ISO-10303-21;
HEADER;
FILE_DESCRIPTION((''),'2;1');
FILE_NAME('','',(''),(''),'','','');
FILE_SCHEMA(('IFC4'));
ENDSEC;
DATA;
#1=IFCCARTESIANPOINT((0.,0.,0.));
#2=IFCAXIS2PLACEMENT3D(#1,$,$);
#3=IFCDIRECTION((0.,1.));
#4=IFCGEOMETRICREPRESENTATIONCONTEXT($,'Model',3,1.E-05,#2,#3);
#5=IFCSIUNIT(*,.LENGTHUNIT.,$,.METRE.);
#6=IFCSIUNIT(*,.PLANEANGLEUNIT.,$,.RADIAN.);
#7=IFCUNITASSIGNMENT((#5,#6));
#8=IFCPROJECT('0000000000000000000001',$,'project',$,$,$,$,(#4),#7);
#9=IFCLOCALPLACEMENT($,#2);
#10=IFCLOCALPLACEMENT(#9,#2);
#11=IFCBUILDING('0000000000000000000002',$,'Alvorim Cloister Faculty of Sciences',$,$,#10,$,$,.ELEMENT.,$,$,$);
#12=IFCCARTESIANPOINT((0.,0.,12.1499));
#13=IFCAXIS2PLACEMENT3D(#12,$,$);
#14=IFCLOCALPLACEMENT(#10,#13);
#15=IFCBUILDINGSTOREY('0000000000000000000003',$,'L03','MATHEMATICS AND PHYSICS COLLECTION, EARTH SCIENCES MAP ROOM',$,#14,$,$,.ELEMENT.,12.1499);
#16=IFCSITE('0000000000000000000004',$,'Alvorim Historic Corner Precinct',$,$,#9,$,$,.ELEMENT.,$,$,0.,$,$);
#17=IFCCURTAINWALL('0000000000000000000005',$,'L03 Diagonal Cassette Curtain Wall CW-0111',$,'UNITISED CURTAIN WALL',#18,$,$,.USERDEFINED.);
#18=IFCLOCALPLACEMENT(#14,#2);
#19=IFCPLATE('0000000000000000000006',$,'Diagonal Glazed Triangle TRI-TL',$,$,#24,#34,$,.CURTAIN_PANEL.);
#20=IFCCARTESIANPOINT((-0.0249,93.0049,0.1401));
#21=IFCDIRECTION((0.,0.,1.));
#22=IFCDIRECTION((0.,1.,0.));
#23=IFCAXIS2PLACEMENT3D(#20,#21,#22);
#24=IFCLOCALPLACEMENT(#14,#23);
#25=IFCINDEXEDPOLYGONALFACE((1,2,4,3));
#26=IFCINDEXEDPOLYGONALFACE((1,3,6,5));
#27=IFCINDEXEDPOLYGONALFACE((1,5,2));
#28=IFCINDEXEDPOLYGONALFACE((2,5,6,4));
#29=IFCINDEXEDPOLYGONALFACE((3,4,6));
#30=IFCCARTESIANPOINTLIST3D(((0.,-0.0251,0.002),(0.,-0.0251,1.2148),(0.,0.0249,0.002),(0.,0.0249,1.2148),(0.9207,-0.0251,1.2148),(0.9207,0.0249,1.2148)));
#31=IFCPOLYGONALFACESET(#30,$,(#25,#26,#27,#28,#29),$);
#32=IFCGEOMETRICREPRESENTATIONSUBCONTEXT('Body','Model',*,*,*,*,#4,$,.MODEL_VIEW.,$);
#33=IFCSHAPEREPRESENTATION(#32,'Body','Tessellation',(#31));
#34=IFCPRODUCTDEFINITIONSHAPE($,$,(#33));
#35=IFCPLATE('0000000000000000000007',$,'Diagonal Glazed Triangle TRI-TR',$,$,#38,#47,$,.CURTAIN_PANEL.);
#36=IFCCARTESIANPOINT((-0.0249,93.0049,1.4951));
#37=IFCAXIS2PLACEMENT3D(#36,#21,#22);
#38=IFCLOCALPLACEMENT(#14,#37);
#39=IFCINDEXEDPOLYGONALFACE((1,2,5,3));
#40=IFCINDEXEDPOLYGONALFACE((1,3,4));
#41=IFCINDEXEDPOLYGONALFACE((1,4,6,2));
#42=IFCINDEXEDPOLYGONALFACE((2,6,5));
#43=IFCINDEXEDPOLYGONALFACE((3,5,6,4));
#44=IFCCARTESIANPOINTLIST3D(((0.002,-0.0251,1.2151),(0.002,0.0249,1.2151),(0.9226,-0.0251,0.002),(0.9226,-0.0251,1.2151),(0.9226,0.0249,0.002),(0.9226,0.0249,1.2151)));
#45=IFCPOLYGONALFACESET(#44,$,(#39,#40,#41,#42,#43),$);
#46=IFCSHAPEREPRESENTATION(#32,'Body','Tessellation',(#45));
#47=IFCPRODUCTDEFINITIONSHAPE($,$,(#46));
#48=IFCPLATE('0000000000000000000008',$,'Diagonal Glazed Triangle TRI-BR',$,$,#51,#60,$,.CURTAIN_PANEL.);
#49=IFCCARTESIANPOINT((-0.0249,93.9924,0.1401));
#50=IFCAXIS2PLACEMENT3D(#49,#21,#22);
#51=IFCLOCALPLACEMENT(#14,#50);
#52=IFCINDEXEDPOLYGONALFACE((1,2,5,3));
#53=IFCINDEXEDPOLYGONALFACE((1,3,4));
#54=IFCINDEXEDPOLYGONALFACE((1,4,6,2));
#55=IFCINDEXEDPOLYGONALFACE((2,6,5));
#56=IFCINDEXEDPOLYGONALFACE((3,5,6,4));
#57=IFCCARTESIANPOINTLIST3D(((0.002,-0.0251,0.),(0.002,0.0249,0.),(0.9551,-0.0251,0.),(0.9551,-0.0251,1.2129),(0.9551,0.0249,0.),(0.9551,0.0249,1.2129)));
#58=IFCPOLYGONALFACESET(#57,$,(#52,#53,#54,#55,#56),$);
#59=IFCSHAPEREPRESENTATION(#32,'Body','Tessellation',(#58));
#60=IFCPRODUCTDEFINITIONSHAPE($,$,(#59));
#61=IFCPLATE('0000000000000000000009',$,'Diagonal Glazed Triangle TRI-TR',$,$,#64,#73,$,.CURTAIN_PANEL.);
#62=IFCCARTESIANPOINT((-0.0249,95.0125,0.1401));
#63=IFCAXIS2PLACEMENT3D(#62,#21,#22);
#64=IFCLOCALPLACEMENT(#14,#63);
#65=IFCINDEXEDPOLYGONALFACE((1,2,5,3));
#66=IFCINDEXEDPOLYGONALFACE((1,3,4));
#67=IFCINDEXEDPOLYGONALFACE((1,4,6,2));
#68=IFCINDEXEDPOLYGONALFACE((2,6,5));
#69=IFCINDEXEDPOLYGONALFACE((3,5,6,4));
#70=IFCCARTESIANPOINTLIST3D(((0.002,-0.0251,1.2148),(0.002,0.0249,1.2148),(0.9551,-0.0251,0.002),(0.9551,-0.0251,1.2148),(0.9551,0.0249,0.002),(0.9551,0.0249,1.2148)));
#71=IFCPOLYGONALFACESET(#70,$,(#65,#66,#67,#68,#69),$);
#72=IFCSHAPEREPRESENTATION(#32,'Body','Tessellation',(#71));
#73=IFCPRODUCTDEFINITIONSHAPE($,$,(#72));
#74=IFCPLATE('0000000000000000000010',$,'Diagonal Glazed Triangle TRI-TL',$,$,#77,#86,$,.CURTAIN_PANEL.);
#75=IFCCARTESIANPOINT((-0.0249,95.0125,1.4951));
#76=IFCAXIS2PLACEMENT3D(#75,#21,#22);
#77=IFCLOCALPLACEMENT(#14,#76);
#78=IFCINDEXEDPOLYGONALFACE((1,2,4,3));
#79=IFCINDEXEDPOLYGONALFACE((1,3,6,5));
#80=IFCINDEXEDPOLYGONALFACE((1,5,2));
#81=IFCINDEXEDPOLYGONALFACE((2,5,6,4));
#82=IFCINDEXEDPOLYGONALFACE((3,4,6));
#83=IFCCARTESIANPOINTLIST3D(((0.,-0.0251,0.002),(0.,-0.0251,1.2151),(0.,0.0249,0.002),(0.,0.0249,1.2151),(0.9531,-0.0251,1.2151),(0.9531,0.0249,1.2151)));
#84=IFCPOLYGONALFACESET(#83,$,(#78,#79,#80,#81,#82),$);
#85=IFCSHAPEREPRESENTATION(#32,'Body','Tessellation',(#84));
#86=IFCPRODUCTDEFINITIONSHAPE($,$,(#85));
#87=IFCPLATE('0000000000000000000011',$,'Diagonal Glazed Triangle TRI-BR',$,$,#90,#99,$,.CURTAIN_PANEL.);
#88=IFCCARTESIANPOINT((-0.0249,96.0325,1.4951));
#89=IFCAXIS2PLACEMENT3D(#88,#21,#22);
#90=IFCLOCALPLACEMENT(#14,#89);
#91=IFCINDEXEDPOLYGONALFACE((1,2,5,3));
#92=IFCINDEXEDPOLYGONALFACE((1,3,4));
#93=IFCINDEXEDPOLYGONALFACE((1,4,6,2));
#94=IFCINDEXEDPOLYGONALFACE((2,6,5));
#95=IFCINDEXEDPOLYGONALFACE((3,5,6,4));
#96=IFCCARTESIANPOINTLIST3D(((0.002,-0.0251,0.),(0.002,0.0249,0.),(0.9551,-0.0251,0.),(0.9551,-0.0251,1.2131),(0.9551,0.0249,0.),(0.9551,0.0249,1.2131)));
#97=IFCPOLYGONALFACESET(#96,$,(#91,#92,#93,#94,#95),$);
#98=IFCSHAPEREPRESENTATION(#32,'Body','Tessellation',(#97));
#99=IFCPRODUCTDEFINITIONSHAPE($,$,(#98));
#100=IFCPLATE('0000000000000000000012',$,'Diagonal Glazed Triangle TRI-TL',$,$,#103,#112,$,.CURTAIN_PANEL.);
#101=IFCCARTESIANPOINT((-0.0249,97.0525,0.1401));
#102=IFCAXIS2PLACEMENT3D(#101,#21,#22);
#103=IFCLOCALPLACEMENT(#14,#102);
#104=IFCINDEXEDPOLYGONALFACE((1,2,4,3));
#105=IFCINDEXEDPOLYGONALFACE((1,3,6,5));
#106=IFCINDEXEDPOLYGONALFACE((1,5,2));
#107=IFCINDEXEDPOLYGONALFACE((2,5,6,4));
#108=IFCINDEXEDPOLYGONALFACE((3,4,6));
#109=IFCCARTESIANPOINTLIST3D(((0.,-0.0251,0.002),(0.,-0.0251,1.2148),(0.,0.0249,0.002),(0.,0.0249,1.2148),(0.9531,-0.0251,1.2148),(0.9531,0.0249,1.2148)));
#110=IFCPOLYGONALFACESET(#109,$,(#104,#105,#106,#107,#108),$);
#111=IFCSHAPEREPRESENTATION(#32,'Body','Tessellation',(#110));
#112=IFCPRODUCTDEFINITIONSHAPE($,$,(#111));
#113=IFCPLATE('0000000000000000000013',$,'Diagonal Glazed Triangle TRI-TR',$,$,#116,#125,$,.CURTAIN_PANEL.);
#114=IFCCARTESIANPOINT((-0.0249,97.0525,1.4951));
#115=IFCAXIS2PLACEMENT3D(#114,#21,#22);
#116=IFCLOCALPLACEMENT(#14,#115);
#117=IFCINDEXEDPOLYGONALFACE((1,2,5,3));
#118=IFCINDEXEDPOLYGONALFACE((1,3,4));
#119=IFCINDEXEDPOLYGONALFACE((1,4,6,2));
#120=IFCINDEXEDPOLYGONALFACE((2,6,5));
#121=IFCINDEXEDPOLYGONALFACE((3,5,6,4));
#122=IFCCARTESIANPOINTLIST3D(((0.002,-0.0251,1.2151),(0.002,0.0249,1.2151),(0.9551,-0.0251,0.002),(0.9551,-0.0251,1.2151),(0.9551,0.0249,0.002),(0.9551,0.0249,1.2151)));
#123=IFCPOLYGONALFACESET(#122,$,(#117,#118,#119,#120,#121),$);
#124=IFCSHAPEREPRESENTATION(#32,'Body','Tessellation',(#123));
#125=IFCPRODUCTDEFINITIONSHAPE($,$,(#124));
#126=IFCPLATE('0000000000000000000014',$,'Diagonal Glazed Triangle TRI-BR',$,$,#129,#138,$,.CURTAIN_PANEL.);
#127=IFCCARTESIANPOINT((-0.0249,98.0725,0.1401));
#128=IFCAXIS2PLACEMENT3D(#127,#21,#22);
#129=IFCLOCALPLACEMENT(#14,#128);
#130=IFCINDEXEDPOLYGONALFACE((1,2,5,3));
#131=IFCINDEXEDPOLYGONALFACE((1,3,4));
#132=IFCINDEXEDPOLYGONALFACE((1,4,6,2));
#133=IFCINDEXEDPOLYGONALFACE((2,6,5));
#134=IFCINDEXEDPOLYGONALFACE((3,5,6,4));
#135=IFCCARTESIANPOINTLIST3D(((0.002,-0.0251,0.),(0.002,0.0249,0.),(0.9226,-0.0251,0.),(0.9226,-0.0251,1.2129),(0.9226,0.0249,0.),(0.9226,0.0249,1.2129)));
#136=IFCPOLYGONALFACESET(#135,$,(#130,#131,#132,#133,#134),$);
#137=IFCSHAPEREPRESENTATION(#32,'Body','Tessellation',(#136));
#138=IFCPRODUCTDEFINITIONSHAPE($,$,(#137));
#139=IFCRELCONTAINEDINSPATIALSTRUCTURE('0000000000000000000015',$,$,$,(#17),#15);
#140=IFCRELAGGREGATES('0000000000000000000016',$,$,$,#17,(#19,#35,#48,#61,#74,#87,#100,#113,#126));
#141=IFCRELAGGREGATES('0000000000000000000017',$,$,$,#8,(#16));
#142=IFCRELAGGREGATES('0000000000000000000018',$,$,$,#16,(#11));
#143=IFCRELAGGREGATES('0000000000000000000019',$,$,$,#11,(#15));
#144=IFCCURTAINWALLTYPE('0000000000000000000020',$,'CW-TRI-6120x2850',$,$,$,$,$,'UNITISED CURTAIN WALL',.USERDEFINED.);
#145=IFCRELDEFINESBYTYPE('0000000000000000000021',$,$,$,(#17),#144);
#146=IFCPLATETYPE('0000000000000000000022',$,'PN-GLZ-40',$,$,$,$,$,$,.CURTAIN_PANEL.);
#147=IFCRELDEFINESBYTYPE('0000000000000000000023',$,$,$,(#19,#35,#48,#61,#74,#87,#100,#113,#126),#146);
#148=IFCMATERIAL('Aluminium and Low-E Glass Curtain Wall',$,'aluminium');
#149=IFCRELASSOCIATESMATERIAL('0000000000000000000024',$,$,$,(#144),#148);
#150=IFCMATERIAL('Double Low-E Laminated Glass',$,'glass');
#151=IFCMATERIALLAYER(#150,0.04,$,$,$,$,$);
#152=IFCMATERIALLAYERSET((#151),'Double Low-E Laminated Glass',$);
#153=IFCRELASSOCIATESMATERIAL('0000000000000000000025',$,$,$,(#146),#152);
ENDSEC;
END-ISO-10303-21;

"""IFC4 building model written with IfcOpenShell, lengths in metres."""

from ifc_helpers import new_model, si_unit, direction, frame, origin, place, context, subcontext, project, spatial, polyline, outline, extrude, material, layer, layer_set, type_object, element, aggregate, save


model = new_model("IFC4")

# Units and contexts
model_context = context("Model", 3, precision=1e-05, world=origin(), true_north=direction((0.0, 1.0)))
body_context = subcontext(model_context, "Body", "Model", "MODEL_VIEW")
ifc_project = project(units=[si_unit("LENGTHUNIT", "METRE"), si_unit("PLANEANGLEUNIT", "RADIAN")], contexts=[model_context])

# Site, building, storey
site_placement = place(None, origin())
site = spatial("IfcSite", under=ifc_project, at=site_placement, Name="Alvorim Historic Corner Precinct", CompositionType="ELEMENT", RefElevation=0.0)
building_placement = place(site_placement, origin())
building = spatial("IfcBuilding", under=site, at=building_placement, Name="Alvorim Cloister Faculty of Sciences", CompositionType="ELEMENT")
storey_placement = place(building_placement, frame((0.0, 0.0, 12.1499)))
storey = spatial("IfcBuildingStorey", under=building, at=storey_placement, Name="L03", Description="MATHEMATICS AND PHYSICS COLLECTION, EARTH SCIENCES MAP ROOM", CompositionType="ELEMENT", Elevation=12.1499)

# Curtain wall, plates
ifc_material_1 = material(Name="Aluminium and Low-E Glass Curtain Wall", Category="aluminium")
curtain_wall_type = type_object("IfcCurtainWallType", Name="CW-TRI-6120x2850", ElementType="UNITISED CURTAIN WALL", PredefinedType="USERDEFINED", material=ifc_material_1)
curtain_wall_placement = place(storey_placement, origin())
curtain_wall = element("IfcCurtainWall", 1, at=curtain_wall_placement, inside=storey, type_object=curtain_wall_type, Name="L03 Diagonal Cassette Curtain Wall CW-0111", ObjectType="UNITISED CURTAIN WALL", PredefinedType="USERDEFINED")
ifc_material_2 = material(Name="Double Low-E Laminated Glass", Category="glass")
ifc_layer_1 = layer(ifc_material_2, 0.04)
ifc_layer_set_1 = layer_set([ifc_layer_1], Name="Double Low-E Laminated Glass")
plate_type = type_object("IfcPlateType", Name="PN-GLZ-40", PredefinedType="CURTAIN_PANEL", material=ifc_layer_set_1)
plate_1_placement = place(storey_placement, frame((-0.0249, 93.0049, 0.1401), z_axis=(0.0, 0.0, 1.0), x_axis=(0.0, 1.0, 0.0)))
plate_1 = element("IfcPlate", 2, at=plate_1_placement, type_object=plate_type, Name="Diagonal Glazed Triangle TRI-TL", PredefinedType="CURTAIN_PANEL", context=body_context, shape_type="SweptSolid", body=[
    extrude(outline(polyline([(0.9207, 1.2148), (0.0, 1.2148), (0.0, 0.002), (0.9207, 1.2148)])), frame((0.0, 0.0249, 0.0), z_axis=(0.0, -1.0, 0.0), x_axis=(1.0, 0.0, 0.0)), (0.0, 0.0, 1.0), 0.05),
])
plate_2_placement = place(storey_placement, frame((-0.0249, 93.0049, 1.4951), z_axis=(0.0, 0.0, 1.0), x_axis=(0.0, 1.0, 0.0)))
plate_2 = element("IfcPlate", 3, at=plate_2_placement, type_object=plate_type, Name="Diagonal Glazed Triangle TRI-TR", PredefinedType="CURTAIN_PANEL", context=body_context, shape_type="SweptSolid", body=[
    extrude(outline(polyline([(0.9226, 0.002), (0.9226, 1.2151), (0.002, 1.2151), (0.9226, 0.002)])), frame((0.0, 0.0249, 0.0), z_axis=(0.0, -1.0, 0.0), x_axis=(1.0, 0.0, 0.0)), (0.0, 0.0, 1.0), 0.05),
])
plate_3_placement = place(storey_placement, frame((-0.0249, 93.9924, 0.1401), z_axis=(0.0, 0.0, 1.0), x_axis=(0.0, 1.0, 0.0)))
plate_3 = element("IfcPlate", 4, at=plate_3_placement, type_object=plate_type, Name="Diagonal Glazed Triangle TRI-BR", PredefinedType="CURTAIN_PANEL", context=body_context, shape_type="SweptSolid", body=[
    extrude(outline(polyline([(0.002, 0.0), (0.9551, 0.0), (0.9551, 1.2129), (0.002, 0.0)])), frame((0.0, 0.0249, 0.0), z_axis=(0.0, -1.0, 0.0), x_axis=(1.0, 0.0, 0.0)), (0.0, 0.0, 1.0), 0.05),
])
plate_4_placement = place(storey_placement, frame((-0.0249, 95.0125, 0.1401), z_axis=(0.0, 0.0, 1.0), x_axis=(0.0, 1.0, 0.0)))
plate_4 = element("IfcPlate", 5, at=plate_4_placement, type_object=plate_type, Name="Diagonal Glazed Triangle TRI-TR", PredefinedType="CURTAIN_PANEL", context=body_context, shape_type="SweptSolid", body=[
    extrude(outline(polyline([(0.9551, 0.002), (0.9551, 1.2148), (0.002, 1.2148), (0.9551, 0.002)])), frame((0.0, 0.0249, 0.0), z_axis=(0.0, -1.0, 0.0), x_axis=(1.0, 0.0, 0.0)), (0.0, 0.0, 1.0), 0.05),
])
plate_5_placement = place(storey_placement, frame((-0.0249, 95.0125, 1.4951), z_axis=(0.0, 0.0, 1.0), x_axis=(0.0, 1.0, 0.0)))
plate_5 = element("IfcPlate", 6, at=plate_5_placement, type_object=plate_type, Name="Diagonal Glazed Triangle TRI-TL", PredefinedType="CURTAIN_PANEL", context=body_context, shape_type="SweptSolid", body=[
    extrude(outline(polyline([(0.9531, 1.2151), (0.0, 1.2151), (0.0, 0.002), (0.9531, 1.2151)])), frame((0.0, 0.0249, 0.0), z_axis=(0.0, -1.0, 0.0), x_axis=(1.0, 0.0, 0.0)), (0.0, 0.0, 1.0), 0.05),
])
plate_6_placement = place(storey_placement, frame((-0.0249, 96.0325, 1.4951), z_axis=(0.0, 0.0, 1.0), x_axis=(0.0, 1.0, 0.0)))
plate_6 = element("IfcPlate", 7, at=plate_6_placement, type_object=plate_type, Name="Diagonal Glazed Triangle TRI-BR", PredefinedType="CURTAIN_PANEL", context=body_context, shape_type="SweptSolid", body=[
    extrude(outline(polyline([(0.002, 0.0), (0.9551, 0.0), (0.9551, 1.2131), (0.002, 0.0)])), frame((0.0, 0.0249, 0.0), z_axis=(0.0, -1.0, 0.0), x_axis=(1.0, 0.0, 0.0)), (0.0, 0.0, 1.0), 0.05),
])
plate_7_placement = place(storey_placement, frame((-0.0249, 97.0525, 0.1401), z_axis=(0.0, 0.0, 1.0), x_axis=(0.0, 1.0, 0.0)))
plate_7 = element("IfcPlate", 8, at=plate_7_placement, type_object=plate_type, Name="Diagonal Glazed Triangle TRI-TL", PredefinedType="CURTAIN_PANEL", context=body_context, shape_type="SweptSolid", body=[
    extrude(outline(polyline([(0.9531, 1.2148), (0.0, 1.2148), (0.0, 0.002), (0.9531, 1.2148)])), frame((0.0, 0.0249, 0.0), z_axis=(0.0, -1.0, 0.0), x_axis=(1.0, 0.0, 0.0)), (0.0, 0.0, 1.0), 0.05),
])
plate_8_placement = place(storey_placement, frame((-0.0249, 97.0525, 1.4951), z_axis=(0.0, 0.0, 1.0), x_axis=(0.0, 1.0, 0.0)))
plate_8 = element("IfcPlate", 9, at=plate_8_placement, type_object=plate_type, Name="Diagonal Glazed Triangle TRI-TR", PredefinedType="CURTAIN_PANEL", context=body_context, shape_type="SweptSolid", body=[
    extrude(outline(polyline([(0.9551, 0.002), (0.9551, 1.2151), (0.002, 1.2151), (0.9551, 0.002)])), frame((0.0, 0.0249, 0.0), z_axis=(0.0, -1.0, 0.0), x_axis=(1.0, 0.0, 0.0)), (0.0, 0.0, 1.0), 0.05),
])
plate_9_placement = place(storey_placement, frame((-0.0249, 98.0725, 0.1401), z_axis=(0.0, 0.0, 1.0), x_axis=(0.0, 1.0, 0.0)))
plate_9 = element("IfcPlate", 10, at=plate_9_placement, type_object=plate_type, Name="Diagonal Glazed Triangle TRI-BR", PredefinedType="CURTAIN_PANEL", context=body_context, shape_type="SweptSolid", body=[
    extrude(outline(polyline([(0.002, 0.0), (0.9226, 0.0), (0.9226, 1.2129), (0.002, 0.0)])), frame((0.0, 0.0249, 0.0), z_axis=(0.0, -1.0, 0.0), x_axis=(1.0, 0.0, 0.0)), (0.0, 0.0, 1.0), 0.05),
])
aggregate(curtain_wall, [plate_1, plate_2, plate_3, plate_4, plate_5, plate_6, plate_7, plate_8, plate_9])

save(model, "model.ifc")
